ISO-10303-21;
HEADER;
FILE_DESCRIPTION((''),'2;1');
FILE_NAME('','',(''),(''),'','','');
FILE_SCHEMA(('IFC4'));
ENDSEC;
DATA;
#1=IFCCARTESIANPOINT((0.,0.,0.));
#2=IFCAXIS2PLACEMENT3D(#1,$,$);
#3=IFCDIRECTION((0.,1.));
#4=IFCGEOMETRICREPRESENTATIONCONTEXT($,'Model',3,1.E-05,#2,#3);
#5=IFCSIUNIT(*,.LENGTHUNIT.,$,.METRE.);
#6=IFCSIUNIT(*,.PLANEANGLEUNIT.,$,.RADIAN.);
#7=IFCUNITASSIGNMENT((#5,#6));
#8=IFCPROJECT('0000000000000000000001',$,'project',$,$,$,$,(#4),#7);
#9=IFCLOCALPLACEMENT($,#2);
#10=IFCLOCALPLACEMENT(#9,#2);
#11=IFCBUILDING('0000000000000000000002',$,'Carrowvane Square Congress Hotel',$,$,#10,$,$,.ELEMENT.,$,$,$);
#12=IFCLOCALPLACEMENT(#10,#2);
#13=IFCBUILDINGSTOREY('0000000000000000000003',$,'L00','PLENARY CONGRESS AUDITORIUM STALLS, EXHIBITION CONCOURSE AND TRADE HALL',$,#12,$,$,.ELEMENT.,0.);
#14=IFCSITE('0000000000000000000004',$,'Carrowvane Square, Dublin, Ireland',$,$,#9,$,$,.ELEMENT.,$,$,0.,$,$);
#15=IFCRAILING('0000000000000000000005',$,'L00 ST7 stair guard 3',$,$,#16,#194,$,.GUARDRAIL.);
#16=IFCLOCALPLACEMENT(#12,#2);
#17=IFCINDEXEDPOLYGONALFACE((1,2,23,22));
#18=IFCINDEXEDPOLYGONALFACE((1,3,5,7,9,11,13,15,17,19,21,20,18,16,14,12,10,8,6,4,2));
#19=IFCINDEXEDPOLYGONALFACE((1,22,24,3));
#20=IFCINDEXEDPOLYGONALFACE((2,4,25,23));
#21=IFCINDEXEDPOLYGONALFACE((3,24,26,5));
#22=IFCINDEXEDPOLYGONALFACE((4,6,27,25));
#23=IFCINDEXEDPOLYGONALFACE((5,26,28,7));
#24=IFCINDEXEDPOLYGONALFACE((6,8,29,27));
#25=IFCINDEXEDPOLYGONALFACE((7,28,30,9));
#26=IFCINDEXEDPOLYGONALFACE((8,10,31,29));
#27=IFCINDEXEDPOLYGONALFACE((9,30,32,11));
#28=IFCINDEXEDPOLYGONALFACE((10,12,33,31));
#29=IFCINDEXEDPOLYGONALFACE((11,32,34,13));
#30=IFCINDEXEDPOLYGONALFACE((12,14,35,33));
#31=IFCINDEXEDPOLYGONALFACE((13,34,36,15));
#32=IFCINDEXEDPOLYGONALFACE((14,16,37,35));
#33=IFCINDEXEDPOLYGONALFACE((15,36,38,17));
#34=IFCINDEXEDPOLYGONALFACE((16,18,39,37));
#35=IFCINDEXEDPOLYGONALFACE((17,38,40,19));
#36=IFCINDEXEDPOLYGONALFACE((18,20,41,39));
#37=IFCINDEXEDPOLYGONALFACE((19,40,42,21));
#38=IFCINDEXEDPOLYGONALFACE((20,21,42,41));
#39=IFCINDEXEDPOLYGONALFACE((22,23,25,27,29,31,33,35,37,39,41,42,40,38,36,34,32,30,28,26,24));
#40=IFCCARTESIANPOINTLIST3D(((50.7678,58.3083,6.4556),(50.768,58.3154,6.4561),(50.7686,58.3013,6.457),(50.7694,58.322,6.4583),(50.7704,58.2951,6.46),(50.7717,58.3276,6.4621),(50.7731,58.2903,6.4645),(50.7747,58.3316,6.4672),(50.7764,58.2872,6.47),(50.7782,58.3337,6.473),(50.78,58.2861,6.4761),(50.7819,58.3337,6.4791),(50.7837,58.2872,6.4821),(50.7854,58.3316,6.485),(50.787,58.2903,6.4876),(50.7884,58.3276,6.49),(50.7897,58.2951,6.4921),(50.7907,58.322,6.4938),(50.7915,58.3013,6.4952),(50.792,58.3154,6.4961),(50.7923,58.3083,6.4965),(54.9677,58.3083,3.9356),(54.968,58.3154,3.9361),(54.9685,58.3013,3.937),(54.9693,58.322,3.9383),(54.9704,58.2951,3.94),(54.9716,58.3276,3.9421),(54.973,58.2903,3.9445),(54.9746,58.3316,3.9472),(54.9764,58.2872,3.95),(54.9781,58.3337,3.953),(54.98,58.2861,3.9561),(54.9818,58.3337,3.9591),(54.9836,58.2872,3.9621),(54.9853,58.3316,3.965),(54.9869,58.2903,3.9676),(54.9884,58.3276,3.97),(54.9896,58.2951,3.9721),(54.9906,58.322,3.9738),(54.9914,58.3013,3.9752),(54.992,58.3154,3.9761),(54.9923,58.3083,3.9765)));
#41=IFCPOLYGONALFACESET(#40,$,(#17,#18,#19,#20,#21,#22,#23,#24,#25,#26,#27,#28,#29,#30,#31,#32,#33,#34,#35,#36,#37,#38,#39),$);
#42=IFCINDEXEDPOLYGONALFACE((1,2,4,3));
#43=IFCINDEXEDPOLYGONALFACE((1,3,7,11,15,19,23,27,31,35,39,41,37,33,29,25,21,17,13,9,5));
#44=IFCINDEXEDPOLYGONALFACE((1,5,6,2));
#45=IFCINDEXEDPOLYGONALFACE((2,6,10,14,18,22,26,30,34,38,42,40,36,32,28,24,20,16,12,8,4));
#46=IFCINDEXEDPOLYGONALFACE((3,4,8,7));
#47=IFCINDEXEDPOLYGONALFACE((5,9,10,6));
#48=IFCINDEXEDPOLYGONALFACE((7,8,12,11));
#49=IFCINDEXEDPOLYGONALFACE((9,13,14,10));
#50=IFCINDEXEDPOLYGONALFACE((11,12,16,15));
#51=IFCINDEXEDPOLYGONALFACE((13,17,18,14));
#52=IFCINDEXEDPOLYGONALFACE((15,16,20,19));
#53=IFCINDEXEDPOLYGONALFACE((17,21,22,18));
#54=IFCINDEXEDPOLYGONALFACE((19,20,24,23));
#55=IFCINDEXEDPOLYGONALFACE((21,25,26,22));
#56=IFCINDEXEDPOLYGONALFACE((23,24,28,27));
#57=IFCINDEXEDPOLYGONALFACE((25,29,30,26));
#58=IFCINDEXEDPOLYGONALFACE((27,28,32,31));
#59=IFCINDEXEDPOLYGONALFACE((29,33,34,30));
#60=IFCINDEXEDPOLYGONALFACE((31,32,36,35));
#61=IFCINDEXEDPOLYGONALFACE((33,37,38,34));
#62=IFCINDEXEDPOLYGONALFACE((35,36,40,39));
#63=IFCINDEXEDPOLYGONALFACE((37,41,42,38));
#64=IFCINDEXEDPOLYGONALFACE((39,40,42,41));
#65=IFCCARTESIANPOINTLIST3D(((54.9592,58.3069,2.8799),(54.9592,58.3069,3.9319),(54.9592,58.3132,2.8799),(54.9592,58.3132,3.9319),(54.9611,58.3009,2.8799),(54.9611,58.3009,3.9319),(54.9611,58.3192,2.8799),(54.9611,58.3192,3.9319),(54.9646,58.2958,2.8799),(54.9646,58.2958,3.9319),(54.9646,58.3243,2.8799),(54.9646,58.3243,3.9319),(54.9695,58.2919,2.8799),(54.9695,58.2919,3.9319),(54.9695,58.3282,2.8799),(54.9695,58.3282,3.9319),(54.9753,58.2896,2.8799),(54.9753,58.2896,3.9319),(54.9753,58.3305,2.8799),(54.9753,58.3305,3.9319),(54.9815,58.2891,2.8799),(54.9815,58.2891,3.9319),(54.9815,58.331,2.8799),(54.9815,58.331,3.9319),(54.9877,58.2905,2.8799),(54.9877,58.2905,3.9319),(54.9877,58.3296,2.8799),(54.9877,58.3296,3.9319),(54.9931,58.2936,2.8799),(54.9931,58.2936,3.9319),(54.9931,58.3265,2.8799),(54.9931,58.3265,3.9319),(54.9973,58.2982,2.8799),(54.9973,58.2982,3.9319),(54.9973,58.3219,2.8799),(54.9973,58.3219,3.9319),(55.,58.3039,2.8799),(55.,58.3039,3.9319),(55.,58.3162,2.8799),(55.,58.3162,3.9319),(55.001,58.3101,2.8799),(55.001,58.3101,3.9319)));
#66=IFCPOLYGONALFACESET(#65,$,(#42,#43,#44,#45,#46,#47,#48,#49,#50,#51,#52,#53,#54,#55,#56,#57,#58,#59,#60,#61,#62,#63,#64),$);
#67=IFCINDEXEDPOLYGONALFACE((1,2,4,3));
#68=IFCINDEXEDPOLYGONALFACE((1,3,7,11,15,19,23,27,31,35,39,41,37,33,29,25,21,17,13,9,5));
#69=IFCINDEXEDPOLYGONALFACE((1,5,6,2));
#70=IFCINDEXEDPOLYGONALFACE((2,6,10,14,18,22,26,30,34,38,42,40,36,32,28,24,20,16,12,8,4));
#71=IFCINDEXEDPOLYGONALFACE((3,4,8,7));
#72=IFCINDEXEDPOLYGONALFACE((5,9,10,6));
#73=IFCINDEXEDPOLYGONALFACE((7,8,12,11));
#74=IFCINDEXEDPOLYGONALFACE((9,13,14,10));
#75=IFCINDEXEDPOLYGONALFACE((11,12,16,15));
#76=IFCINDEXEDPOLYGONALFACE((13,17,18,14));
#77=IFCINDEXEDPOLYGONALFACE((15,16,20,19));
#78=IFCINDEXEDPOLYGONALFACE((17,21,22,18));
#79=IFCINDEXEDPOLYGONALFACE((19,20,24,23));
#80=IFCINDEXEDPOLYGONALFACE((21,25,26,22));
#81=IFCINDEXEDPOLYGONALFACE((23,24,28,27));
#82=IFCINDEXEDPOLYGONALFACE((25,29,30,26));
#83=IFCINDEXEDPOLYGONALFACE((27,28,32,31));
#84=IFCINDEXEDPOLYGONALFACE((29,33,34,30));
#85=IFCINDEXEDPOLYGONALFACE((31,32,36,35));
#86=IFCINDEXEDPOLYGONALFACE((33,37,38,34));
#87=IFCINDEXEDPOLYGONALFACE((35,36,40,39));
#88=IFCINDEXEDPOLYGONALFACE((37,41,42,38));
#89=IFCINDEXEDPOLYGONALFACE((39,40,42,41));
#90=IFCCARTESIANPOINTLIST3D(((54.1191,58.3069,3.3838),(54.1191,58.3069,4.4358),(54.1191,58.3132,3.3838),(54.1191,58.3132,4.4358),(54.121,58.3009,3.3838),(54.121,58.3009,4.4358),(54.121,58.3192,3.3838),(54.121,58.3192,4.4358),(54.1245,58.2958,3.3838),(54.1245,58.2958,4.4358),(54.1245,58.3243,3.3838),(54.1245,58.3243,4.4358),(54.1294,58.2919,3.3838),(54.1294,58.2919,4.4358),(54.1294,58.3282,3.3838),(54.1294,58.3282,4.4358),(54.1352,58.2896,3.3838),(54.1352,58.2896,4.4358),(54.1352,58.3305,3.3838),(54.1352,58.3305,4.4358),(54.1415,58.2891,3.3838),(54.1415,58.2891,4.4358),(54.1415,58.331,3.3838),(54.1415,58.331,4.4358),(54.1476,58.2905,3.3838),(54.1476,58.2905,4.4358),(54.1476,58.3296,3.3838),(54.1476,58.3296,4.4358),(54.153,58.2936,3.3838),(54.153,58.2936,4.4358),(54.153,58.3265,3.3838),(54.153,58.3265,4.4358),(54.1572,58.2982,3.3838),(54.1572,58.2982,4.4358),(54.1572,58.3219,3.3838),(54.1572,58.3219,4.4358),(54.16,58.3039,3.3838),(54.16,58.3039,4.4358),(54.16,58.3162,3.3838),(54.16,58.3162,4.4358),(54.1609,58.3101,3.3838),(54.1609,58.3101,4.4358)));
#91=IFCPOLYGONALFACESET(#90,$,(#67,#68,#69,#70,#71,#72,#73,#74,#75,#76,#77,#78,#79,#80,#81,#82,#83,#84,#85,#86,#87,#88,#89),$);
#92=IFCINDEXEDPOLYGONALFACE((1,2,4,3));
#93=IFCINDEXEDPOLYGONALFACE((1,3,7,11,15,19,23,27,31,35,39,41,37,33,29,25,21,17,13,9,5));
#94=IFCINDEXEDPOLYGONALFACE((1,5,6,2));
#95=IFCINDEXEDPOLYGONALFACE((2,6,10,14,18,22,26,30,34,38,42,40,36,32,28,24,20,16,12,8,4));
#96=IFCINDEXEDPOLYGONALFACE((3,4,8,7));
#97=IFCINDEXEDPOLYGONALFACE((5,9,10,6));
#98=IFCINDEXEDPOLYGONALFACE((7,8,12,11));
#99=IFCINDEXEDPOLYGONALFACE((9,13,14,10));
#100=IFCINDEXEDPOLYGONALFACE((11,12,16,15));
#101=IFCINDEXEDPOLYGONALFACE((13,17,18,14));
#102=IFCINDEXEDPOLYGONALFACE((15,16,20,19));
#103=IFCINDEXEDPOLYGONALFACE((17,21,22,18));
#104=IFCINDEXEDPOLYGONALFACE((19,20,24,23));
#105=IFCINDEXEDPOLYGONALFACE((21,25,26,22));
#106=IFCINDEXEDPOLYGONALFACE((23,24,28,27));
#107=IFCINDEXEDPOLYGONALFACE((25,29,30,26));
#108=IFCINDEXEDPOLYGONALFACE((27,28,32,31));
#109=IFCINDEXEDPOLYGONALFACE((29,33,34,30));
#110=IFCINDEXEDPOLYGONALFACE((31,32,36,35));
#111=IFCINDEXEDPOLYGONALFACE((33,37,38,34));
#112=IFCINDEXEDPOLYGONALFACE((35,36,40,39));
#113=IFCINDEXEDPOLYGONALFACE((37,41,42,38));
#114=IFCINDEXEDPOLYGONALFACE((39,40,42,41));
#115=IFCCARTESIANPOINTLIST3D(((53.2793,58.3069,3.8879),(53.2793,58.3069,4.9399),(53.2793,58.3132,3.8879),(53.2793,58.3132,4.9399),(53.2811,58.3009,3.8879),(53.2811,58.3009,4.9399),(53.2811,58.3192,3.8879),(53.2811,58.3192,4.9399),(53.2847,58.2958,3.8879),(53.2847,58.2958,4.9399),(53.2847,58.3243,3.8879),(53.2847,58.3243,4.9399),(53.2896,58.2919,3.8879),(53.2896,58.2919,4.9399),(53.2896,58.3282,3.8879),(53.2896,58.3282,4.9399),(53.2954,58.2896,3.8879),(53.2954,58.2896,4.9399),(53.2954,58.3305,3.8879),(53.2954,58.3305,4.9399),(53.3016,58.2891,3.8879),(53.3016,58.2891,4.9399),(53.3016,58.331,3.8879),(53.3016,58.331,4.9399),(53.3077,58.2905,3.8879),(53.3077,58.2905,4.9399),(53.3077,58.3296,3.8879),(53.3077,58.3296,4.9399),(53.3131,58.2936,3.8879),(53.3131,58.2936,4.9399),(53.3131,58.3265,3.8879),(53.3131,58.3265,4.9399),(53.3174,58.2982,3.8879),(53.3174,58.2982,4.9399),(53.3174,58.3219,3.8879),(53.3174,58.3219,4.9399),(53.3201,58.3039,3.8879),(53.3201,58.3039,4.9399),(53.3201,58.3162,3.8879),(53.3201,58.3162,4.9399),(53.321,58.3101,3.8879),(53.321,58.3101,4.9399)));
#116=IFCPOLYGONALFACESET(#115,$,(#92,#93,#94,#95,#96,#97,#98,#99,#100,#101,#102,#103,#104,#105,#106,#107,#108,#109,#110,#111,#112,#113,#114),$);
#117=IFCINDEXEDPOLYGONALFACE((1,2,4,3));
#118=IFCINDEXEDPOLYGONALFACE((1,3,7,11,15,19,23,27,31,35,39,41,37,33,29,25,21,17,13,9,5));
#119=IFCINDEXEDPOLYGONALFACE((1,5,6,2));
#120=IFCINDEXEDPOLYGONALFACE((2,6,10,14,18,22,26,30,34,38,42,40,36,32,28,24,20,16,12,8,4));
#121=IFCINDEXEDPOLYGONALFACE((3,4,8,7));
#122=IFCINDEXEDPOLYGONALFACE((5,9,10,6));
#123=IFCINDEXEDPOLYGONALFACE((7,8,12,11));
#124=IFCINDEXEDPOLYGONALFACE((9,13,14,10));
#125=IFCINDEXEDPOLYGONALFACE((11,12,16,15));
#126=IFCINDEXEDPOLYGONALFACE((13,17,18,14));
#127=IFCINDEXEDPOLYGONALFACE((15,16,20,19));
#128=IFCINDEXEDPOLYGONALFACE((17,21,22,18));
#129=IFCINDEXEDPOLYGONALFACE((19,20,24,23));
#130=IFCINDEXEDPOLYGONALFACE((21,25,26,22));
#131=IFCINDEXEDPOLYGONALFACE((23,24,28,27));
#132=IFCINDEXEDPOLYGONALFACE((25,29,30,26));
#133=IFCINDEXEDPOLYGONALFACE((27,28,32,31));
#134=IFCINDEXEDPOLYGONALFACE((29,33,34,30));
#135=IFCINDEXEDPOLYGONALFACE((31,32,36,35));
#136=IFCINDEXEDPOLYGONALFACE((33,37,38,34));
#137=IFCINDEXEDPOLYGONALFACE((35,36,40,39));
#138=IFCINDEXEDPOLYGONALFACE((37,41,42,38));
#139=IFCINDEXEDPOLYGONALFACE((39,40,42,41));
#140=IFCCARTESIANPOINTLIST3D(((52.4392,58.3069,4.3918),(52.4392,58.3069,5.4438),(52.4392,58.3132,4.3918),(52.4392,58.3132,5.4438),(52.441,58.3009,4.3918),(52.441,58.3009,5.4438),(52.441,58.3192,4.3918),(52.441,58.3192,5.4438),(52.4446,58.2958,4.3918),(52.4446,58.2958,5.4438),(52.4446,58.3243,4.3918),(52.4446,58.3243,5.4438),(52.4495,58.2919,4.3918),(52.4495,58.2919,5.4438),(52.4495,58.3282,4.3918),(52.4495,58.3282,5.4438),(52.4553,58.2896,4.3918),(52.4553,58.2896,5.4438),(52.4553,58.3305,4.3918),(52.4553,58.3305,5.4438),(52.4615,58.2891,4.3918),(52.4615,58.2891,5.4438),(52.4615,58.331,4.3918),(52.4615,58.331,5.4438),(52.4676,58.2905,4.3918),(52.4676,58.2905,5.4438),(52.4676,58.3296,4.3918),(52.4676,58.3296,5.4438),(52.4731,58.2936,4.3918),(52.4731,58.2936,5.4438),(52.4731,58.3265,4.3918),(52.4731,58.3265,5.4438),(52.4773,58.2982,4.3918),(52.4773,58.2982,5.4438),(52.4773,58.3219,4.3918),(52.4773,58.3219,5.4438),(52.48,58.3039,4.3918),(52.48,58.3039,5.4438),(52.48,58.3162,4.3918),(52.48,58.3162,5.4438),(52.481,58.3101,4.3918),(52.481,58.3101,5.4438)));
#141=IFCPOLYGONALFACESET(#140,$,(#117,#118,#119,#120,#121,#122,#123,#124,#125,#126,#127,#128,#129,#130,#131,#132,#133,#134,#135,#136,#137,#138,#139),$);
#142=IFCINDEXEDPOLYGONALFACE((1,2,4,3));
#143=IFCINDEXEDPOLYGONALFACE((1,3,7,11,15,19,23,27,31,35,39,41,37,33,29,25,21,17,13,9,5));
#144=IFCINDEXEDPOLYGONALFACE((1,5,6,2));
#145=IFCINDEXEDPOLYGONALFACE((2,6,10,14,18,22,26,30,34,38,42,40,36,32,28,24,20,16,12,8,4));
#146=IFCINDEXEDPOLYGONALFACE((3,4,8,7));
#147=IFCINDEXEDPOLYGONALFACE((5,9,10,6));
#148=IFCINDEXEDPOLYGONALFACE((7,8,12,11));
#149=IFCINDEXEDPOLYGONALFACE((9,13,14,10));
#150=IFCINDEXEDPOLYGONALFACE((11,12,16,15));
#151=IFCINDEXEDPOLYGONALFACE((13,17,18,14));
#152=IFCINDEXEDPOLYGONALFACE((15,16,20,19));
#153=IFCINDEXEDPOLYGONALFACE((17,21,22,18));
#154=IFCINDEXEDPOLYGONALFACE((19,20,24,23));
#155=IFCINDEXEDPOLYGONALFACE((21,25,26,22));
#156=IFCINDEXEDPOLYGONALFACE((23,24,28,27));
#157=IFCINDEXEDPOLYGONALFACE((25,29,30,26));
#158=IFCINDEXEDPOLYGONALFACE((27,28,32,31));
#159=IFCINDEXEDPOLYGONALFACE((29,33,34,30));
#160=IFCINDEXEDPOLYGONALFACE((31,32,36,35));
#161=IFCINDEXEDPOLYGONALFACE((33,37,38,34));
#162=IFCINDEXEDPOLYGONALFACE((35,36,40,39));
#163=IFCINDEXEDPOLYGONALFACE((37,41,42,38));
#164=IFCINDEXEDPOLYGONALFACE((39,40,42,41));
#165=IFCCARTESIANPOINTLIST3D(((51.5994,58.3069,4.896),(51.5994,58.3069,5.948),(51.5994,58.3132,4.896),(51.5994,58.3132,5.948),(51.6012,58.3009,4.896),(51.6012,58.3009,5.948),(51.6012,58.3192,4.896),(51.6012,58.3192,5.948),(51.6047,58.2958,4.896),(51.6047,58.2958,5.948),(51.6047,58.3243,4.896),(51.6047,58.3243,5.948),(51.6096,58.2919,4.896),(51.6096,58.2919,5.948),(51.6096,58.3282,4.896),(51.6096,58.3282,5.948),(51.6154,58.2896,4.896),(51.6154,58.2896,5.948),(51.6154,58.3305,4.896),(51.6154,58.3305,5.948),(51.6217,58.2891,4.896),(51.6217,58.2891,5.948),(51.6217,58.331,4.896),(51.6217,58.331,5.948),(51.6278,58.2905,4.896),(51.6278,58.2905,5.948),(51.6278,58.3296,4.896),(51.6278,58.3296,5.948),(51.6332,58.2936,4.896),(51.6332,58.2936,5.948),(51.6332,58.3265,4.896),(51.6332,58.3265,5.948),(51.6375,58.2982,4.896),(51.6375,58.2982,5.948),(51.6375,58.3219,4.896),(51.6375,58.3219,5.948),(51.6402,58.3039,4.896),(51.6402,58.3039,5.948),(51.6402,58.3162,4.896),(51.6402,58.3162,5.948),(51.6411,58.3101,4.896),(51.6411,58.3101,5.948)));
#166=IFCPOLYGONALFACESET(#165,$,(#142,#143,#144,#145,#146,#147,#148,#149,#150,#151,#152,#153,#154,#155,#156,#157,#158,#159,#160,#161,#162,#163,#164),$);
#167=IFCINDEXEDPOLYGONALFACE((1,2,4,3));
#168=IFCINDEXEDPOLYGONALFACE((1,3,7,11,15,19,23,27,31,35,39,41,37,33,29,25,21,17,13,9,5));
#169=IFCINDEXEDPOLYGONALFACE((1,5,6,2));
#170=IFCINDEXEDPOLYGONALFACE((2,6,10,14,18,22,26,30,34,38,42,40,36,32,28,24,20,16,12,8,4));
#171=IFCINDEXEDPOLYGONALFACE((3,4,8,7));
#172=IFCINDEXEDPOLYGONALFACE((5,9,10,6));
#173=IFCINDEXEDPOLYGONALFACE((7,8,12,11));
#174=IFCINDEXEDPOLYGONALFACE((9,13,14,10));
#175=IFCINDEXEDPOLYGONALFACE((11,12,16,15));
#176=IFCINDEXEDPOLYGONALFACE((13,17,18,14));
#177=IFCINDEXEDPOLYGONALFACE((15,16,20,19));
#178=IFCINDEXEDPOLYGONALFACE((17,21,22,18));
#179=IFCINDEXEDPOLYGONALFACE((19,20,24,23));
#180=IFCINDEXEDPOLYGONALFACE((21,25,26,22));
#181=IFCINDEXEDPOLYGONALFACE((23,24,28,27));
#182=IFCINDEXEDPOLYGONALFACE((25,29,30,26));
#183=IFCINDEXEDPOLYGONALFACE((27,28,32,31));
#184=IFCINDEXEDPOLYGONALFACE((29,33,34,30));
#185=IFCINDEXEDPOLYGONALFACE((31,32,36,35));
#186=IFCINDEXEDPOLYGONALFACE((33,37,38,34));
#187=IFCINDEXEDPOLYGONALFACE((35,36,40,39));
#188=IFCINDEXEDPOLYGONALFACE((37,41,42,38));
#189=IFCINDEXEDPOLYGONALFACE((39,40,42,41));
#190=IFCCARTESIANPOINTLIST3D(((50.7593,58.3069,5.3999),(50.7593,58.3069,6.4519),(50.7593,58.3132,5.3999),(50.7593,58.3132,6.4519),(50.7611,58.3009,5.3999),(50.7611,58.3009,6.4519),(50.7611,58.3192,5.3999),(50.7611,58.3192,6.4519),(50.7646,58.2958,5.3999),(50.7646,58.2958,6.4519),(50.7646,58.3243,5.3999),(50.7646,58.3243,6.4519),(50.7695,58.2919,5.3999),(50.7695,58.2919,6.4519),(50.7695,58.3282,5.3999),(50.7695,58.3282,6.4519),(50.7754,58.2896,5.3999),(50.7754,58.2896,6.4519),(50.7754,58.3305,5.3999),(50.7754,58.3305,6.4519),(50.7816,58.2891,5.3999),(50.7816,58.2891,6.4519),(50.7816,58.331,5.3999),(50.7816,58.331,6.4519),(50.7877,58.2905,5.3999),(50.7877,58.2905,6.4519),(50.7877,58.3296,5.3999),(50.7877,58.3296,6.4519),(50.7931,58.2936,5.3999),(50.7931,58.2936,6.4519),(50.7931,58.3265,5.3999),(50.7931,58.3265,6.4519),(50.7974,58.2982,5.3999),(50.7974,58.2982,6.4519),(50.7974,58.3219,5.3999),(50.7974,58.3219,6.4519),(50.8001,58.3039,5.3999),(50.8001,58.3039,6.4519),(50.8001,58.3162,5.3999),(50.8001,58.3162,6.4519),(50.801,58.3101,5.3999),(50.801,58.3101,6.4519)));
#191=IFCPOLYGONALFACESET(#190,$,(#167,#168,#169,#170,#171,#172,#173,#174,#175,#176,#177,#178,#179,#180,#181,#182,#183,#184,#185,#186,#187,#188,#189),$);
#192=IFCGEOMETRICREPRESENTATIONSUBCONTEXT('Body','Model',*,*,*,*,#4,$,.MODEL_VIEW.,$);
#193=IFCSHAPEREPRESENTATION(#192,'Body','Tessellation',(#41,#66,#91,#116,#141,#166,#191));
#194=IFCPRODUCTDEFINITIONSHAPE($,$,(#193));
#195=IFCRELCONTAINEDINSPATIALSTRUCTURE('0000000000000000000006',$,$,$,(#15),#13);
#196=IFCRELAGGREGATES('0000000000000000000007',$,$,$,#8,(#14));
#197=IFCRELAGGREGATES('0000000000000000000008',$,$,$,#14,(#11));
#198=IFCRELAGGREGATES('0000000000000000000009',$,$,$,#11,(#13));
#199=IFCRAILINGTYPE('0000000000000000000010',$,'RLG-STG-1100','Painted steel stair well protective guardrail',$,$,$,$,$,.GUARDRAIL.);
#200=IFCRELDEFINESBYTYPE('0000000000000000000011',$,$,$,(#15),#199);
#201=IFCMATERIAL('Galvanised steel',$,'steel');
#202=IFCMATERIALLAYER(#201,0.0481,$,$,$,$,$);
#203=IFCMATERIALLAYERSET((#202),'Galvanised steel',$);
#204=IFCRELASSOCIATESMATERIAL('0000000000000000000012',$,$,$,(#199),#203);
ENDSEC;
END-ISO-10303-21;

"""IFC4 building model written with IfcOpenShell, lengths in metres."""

from ifc_helpers import new_model, si_unit, direction, frame, origin, origin_2d, place, context, subcontext, project, spatial, circle, extrude, material, layer, layer_set, type_object, element, save


model = new_model("IFC4")

# Units and contexts
model_context = context("Model", 3, precision=1e-05, world=origin(), true_north=direction((0.0, 1.0)))
body_context = subcontext(model_context, "Body", "Model", "MODEL_VIEW")
ifc_project = project(units=[si_unit("LENGTHUNIT", "METRE"), si_unit("PLANEANGLEUNIT", "RADIAN")], contexts=[model_context])

# Site, building, storey
site_placement = place(None, origin())
site = spatial("IfcSite", under=ifc_project, at=site_placement, Name="Carrowvane Square, Dublin, Ireland", CompositionType="ELEMENT", RefElevation=0.0)
building_placement = place(site_placement, origin())
building = spatial("IfcBuilding", under=site, at=building_placement, Name="Carrowvane Square Congress Hotel", CompositionType="ELEMENT")
storey_placement = place(building_placement, origin())
storey = spatial("IfcBuildingStorey", under=building, at=storey_placement, Name="L00", Description="PLENARY CONGRESS AUDITORIUM STALLS, EXHIBITION CONCOURSE AND TRADE HALL", CompositionType="ELEMENT", Elevation=0.0)

# Railing
ifc_material_1 = material(Name="Galvanised steel", Category="steel")
ifc_layer_1 = layer(ifc_material_1, 0.0481)
ifc_layer_set_1 = layer_set([ifc_layer_1], Name="Galvanised steel")
railing_type_1 = type_object("IfcRailingType", Name="RLG-STG-1100", Description="Painted steel stair well protective guardrail", PredefinedType="GUARDRAIL", material=ifc_layer_set_1)
railing_1_placement = place(storey_placement, frame((54.98, 58.3101, 2.8799)))
element("IfcRailing", 1, at=railing_1_placement, inside=storey, type_object=railing_type_1, Name="L00 ST7 stair guard 3", PredefinedType="GUARDRAIL", context=body_context, shape_type="SweptSolid", body=[
    extrude(circle(Radius=0.0239, at=origin_2d()), frame((0.0, 0.0, 1.0762), z_axis=(-0.857489, 0.0, 0.514503), x_axis=(0.0, -1.0, 0.0)), (0.0, 0.0, 1.0), 4.8979),
    extrude(circle(Radius=0.021, at=origin_2d()), origin(), (0.0, 0.0, 1.0), 1.052),
    extrude(circle(Radius=0.021, at=origin_2d()), frame((-0.8401, 0.0, 0.5039)), (0.0, 0.0, 1.0), 1.052),
    extrude(circle(Radius=0.021, at=origin_2d()), frame((-1.6799, 0.0, 1.0081)), (0.0, 0.0, 1.0), 1.052),
    extrude(circle(Radius=0.021, at=origin_2d()), frame((-2.52, 0.0, 1.512)), (0.0, 0.0, 1.0), 1.052),
    extrude(circle(Radius=0.021, at=origin_2d()), frame((-3.3599, 0.0, 2.0161)), (0.0, 0.0, 1.0), 1.052),
    extrude(circle(Radius=0.021, at=origin_2d()), frame((-4.2, 0.0, 2.52)), (0.0, 0.0, 1.0), 1.052),
])

save(model, "model.ifc")
